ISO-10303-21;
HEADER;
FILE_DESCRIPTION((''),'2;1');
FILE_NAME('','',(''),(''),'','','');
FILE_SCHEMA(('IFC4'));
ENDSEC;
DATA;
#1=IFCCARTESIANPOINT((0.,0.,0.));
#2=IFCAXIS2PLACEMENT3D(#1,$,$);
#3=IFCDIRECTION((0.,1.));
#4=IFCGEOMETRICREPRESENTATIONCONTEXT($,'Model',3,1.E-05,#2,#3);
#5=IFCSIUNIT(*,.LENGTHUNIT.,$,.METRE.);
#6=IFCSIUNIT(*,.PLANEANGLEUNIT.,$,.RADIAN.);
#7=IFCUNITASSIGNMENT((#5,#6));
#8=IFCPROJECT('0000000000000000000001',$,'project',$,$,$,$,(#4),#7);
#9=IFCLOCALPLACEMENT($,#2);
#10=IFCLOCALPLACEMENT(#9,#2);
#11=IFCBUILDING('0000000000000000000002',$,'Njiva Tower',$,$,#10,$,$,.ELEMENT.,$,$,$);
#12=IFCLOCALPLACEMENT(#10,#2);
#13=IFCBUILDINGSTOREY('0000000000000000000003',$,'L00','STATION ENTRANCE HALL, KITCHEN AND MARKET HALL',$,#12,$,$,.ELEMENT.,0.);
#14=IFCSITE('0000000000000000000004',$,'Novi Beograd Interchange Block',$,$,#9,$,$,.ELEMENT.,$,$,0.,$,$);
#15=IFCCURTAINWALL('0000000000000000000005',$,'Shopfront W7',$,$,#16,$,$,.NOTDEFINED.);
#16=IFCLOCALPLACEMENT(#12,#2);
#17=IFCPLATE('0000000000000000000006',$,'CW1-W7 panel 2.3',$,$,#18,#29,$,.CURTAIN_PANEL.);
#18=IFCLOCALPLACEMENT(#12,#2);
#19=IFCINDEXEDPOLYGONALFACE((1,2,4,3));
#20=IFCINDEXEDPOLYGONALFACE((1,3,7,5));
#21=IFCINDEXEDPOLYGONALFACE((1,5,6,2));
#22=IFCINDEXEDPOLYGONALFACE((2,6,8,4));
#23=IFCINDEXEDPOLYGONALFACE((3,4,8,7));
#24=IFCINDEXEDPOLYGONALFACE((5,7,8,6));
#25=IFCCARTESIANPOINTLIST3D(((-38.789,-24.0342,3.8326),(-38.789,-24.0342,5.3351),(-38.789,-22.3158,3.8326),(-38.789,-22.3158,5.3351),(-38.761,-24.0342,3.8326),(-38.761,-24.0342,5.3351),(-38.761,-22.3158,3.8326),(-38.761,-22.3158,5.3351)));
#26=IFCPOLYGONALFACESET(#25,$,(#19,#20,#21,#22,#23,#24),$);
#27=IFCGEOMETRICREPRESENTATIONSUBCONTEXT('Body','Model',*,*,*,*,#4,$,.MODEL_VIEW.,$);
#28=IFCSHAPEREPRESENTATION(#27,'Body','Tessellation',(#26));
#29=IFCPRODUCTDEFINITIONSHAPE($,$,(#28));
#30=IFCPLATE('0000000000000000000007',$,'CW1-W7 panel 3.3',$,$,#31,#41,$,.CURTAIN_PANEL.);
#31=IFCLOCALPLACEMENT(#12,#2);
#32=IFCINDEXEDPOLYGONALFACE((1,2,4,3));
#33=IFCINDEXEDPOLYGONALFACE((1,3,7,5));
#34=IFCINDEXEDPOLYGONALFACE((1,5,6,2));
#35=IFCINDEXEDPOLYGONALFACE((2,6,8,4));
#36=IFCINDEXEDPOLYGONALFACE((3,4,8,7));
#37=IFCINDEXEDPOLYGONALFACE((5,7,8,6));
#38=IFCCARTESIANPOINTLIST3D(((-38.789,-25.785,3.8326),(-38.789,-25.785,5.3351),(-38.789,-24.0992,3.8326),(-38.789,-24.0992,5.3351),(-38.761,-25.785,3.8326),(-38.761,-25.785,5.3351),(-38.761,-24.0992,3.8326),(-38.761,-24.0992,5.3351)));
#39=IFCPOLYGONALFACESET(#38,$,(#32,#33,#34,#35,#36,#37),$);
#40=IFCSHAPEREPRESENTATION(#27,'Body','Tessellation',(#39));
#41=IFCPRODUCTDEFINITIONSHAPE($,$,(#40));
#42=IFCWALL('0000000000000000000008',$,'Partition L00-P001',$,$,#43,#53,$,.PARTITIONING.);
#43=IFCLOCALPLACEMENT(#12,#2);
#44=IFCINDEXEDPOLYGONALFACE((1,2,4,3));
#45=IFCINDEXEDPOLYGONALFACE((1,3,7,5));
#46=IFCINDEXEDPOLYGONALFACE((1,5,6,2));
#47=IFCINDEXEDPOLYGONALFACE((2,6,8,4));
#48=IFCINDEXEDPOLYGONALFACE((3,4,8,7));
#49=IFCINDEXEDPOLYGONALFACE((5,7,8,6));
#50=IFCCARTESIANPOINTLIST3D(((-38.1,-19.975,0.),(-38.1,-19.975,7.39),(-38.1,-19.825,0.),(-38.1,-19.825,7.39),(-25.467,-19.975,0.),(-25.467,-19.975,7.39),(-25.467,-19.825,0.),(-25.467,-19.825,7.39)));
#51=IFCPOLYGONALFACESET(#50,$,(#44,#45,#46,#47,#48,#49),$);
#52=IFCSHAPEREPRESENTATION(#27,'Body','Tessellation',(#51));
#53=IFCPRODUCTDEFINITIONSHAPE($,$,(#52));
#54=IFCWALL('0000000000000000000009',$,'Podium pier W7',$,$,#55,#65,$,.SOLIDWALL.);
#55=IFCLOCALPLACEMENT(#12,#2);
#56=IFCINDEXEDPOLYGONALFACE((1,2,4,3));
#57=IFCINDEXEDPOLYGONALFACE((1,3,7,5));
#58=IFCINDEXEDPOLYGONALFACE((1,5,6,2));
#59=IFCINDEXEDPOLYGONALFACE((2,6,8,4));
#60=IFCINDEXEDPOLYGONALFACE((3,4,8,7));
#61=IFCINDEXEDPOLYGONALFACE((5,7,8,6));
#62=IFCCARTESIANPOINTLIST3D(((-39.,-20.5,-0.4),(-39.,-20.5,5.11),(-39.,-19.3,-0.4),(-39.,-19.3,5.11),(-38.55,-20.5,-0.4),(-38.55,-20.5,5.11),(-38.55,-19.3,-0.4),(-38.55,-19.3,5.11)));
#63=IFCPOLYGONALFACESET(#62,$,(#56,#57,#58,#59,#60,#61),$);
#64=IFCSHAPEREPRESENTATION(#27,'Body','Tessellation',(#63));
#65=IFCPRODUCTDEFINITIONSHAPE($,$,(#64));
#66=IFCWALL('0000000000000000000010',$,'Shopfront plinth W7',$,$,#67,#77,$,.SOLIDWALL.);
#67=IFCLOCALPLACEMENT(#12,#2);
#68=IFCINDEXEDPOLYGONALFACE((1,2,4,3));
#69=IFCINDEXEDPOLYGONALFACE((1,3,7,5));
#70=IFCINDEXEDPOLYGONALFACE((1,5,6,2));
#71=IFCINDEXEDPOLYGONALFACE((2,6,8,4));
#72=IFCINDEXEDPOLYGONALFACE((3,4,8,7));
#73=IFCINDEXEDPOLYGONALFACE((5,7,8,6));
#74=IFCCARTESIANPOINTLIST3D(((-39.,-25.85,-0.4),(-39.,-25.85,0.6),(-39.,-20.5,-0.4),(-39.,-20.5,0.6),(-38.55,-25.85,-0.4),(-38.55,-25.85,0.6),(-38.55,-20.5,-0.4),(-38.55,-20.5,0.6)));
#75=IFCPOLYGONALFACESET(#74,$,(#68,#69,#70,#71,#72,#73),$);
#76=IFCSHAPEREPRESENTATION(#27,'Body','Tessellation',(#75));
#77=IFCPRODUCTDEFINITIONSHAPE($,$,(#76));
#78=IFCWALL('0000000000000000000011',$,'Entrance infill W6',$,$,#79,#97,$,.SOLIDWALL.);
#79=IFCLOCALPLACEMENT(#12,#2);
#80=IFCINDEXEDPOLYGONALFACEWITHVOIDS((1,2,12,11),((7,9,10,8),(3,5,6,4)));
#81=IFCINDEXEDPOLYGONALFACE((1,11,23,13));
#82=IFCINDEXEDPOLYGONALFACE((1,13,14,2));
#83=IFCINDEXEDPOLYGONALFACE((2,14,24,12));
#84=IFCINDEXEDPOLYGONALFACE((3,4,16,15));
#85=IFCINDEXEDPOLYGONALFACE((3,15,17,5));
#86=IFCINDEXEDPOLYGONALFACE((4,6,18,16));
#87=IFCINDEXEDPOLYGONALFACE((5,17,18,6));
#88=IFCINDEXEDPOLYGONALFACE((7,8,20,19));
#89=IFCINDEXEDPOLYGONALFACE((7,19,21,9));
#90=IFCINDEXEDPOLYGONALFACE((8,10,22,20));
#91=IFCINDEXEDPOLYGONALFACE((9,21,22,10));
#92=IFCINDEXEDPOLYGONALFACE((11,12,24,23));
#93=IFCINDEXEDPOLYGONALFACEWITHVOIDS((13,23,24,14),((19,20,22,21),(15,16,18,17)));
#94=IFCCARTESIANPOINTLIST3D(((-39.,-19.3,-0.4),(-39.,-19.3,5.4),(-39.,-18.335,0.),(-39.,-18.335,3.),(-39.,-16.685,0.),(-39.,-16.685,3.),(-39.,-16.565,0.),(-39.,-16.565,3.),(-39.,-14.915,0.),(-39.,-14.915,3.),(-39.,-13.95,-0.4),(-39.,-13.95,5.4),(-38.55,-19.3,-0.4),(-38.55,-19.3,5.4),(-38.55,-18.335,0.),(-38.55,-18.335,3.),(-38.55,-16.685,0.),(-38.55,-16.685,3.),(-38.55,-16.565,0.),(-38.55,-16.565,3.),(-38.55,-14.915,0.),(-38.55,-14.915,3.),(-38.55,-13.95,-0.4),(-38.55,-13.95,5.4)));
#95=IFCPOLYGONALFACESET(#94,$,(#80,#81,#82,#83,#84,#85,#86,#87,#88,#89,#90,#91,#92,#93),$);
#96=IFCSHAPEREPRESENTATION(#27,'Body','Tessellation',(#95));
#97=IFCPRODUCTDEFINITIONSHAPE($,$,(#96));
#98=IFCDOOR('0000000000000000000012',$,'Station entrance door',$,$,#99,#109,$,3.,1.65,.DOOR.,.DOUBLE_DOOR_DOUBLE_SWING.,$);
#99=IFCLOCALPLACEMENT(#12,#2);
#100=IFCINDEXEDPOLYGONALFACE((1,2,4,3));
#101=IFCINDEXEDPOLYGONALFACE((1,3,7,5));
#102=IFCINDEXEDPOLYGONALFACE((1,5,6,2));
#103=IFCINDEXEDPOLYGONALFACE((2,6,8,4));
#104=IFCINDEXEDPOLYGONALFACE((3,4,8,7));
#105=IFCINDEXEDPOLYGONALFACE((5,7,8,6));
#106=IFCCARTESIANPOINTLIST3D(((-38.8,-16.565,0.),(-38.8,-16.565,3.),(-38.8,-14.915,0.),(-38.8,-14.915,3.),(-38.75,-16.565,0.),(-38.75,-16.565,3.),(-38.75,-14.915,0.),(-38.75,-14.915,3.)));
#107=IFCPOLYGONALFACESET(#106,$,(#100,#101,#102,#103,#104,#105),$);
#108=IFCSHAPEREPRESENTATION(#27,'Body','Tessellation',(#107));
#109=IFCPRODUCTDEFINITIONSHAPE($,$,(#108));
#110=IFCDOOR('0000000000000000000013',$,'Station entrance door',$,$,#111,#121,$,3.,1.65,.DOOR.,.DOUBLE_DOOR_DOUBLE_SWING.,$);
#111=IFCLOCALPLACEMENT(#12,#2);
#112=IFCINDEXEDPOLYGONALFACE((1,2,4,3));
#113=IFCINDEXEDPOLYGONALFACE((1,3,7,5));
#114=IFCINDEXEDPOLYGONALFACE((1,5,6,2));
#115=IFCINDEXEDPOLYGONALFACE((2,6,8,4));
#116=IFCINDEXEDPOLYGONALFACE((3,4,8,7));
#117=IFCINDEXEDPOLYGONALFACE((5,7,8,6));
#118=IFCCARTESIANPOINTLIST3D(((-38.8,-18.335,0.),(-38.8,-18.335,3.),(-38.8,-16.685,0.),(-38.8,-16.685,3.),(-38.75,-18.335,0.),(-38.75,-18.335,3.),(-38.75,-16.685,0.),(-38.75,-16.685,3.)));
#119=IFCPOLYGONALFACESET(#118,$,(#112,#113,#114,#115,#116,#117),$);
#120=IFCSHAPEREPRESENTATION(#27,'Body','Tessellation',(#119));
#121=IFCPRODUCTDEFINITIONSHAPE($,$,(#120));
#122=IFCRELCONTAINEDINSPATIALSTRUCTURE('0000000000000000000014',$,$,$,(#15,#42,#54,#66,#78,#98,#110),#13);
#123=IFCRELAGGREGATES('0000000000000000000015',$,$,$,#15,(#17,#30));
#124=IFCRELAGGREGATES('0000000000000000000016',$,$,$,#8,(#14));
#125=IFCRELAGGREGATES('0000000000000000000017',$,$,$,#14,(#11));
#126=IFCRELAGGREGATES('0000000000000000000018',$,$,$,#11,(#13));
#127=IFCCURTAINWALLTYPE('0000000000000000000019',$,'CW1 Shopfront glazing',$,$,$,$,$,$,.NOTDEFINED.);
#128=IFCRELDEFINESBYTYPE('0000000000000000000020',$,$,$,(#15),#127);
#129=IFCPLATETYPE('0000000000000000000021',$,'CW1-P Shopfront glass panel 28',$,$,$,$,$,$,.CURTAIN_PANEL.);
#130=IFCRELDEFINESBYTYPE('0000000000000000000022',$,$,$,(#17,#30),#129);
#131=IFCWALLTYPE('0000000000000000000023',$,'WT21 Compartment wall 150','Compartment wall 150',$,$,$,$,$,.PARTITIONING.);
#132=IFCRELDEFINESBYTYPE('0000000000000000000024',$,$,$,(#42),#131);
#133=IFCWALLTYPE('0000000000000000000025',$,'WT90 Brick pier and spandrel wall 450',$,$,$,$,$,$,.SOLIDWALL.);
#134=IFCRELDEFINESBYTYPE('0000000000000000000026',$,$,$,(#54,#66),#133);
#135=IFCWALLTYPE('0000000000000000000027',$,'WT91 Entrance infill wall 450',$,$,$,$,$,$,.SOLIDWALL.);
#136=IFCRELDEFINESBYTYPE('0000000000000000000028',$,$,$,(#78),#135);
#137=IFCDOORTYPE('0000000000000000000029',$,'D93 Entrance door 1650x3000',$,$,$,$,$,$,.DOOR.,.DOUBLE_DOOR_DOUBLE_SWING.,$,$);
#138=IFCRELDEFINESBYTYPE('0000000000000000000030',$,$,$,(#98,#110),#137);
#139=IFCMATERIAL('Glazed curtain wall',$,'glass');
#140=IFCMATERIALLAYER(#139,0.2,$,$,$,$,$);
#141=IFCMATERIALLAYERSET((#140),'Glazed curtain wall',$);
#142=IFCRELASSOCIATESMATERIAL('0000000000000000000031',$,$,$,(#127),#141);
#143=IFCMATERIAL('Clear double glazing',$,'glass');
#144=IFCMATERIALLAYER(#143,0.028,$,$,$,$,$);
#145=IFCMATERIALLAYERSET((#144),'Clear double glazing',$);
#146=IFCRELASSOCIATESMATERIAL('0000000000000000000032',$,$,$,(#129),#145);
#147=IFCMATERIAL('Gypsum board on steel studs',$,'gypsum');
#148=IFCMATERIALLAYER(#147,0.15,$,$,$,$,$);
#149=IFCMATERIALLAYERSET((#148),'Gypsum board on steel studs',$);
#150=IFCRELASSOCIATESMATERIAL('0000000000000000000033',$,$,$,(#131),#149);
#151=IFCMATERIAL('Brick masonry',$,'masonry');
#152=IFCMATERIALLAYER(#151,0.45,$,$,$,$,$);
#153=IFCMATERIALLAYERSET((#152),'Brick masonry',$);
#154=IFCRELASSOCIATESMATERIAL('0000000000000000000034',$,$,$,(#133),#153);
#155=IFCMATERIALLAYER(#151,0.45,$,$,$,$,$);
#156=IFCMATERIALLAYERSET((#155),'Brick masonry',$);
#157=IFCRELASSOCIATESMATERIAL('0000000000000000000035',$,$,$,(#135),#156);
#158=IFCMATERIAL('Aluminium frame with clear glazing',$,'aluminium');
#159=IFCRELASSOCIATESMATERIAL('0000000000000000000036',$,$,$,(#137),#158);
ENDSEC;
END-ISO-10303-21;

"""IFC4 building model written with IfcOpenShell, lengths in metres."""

from ifc_helpers import new_model, si_unit, direction, frame, frame_2d, origin, origin_2d, place, context, subcontext, project, spatial, polyline, rectangle, outline, extrude, material, layer, layer_set, type_object, element, fill, aggregate, save


model = new_model("IFC4")

# Units and contexts
model_context = context("Model", 3, precision=1e-05, world=origin(), true_north=direction((0.0, 1.0)))
body_context = subcontext(model_context, "Body", "Model", "MODEL_VIEW")
ifc_project = project(units=[si_unit("LENGTHUNIT", "METRE"), si_unit("PLANEANGLEUNIT", "RADIAN")], contexts=[model_context])

# Site, building, storey
site_placement = place(None, origin())
site = spatial("IfcSite", under=ifc_project, at=site_placement, Name="Novi Beograd Interchange Block", CompositionType="ELEMENT", RefElevation=0.0)
building_placement = place(site_placement, origin())
building = spatial("IfcBuilding", under=site, at=building_placement, Name="Njiva Tower", CompositionType="ELEMENT")
storey_placement = place(building_placement, origin())
storey = spatial("IfcBuildingStorey", under=building, at=storey_placement, Name="L00", Description="STATION ENTRANCE HALL, KITCHEN AND MARKET HALL", CompositionType="ELEMENT", Elevation=0.0)

# Curtain wall, plates
ifc_material_1 = material(Name="Glazed curtain wall", Category="glass")
ifc_layer_1 = layer(ifc_material_1, 0.2)
ifc_layer_set_1 = layer_set([ifc_layer_1], Name="Glazed curtain wall")
curtain_wall_type = type_object("IfcCurtainWallType", Name="CW1 Shopfront glazing", PredefinedType="NOTDEFINED", material=ifc_layer_set_1)
curtain_wall_placement = place(storey_placement, origin())
curtain_wall = element("IfcCurtainWall", 1, at=curtain_wall_placement, inside=storey, type_object=curtain_wall_type, Name="Shopfront W7", PredefinedType="NOTDEFINED")
ifc_material_2 = material(Name="Clear double glazing", Category="glass")
ifc_layer_2 = layer(ifc_material_2, 0.028)
ifc_layer_set_2 = layer_set([ifc_layer_2], Name="Clear double glazing")
plate_type = type_object("IfcPlateType", Name="CW1-P Shopfront glass panel 28", PredefinedType="CURTAIN_PANEL", material=ifc_layer_set_2)
plate_1_placement = place(storey_placement, frame((-38.775, -23.175, 3.8326), z_axis=(0.0, 0.0, 1.0), x_axis=(0.0, -1.0, 0.0)))
plate_1 = element("IfcPlate", 2, at=plate_1_placement, type_object=plate_type, Name="CW1-W7 panel 2.3", PredefinedType="CURTAIN_PANEL", context=body_context, shape_type="SweptSolid", body=[
    extrude(rectangle(XDim=1.7183, YDim=0.028, at=origin_2d()), origin(), (0.0, 0.0, 1.0), 1.5025),
])
plate_2_placement = place(storey_placement, frame((-38.775, -24.9421, 3.8326), z_axis=(0.0, 0.0, 1.0), x_axis=(0.0, -1.0, 0.0)))
plate_2 = element("IfcPlate", 3, at=plate_2_placement, type_object=plate_type, Name="CW1-W7 panel 3.3", PredefinedType="CURTAIN_PANEL", context=body_context, shape_type="SweptSolid", body=[
    extrude(rectangle(XDim=1.6858, YDim=0.028, at=origin_2d()), origin(), (0.0, 0.0, 1.0), 1.5025),
])
aggregate(curtain_wall, [plate_1, plate_2])

# Walls
ifc_material_3 = material(Name="Gypsum board on steel studs", Category="gypsum")
ifc_layer_3 = layer(ifc_material_3, 0.15)
ifc_layer_set_3 = layer_set([ifc_layer_3], Name="Gypsum board on steel studs")
wall_type_1 = type_object("IfcWallType", Name="WT21 Compartment wall 150", Description="Compartment wall 150", PredefinedType="PARTITIONING", material=ifc_layer_set_3)
wall_1_placement = place(storey_placement, frame((-38.1, -19.9, 0.0), z_axis=(0.0, 0.0, 1.0), x_axis=(1.0, 0.0, 0.0)))
element("IfcWall", 4, at=wall_1_placement, inside=storey, type_object=wall_type_1, Name="Partition L00-P001", PredefinedType="PARTITIONING", context=body_context, shape_type="SweptSolid", body=[
    extrude(rectangle(XDim=12.633, YDim=0.15, at=frame_2d((6.3165, 0.0))), origin(), (0.0, 0.0, 1.0), 7.39),
])
ifc_material_4 = material(Name="Brick masonry", Category="masonry")
ifc_layer_4 = layer(ifc_material_4, 0.45)
ifc_layer_set_4 = layer_set([ifc_layer_4], Name="Brick masonry")
wall_type_2 = type_object("IfcWallType", Name="WT90 Brick pier and spandrel wall 450", PredefinedType="SOLIDWALL", material=ifc_layer_set_4)
wall_2_placement = place(storey_placement, frame((-38.775, -19.3, -0.4), z_axis=(0.0, 0.0, 1.0), x_axis=(0.0, -1.0, 0.0)))
element("IfcWall", 5, at=wall_2_placement, inside=storey, type_object=wall_type_2, Name="Podium pier W7", PredefinedType="SOLIDWALL", context=body_context, shape_type="SweptSolid", body=[
    extrude(outline(polyline([(0.0, -0.225), (1.2, -0.225), (1.2, 0.225), (0.0, 0.225), (0.0, -0.225)])), origin(), (0.0, 0.0, 1.0), 5.51),
])
wall_3_placement = place(storey_placement, frame((-38.775, -20.5, -0.4), z_axis=(0.0, 0.0, 1.0), x_axis=(0.0, -1.0, 0.0)))
element("IfcWall", 6, at=wall_3_placement, inside=storey, type_object=wall_type_2, Name="Shopfront plinth W7", PredefinedType="SOLIDWALL", context=body_context, shape_type="SweptSolid", body=[
    extrude(outline(polyline([(0.0, -0.225), (5.35, -0.225), (5.35, 0.225), (0.0, 0.225), (0.0, -0.225)])), origin(), (0.0, 0.0, 1.0), 1.0),
])

# Wall, openings, doors
ifc_layer_5 = layer(ifc_material_4, 0.45)
ifc_layer_set_5 = layer_set([ifc_layer_5], Name="Brick masonry")
wall_type_3 = type_object("IfcWallType", Name="WT91 Entrance infill wall 450", PredefinedType="SOLIDWALL", material=ifc_layer_set_5)
wall_4_placement = place(storey_placement, frame((-38.775, -13.95, -0.4), z_axis=(0.0, 0.0, 1.0), x_axis=(0.0, -1.0, 0.0)))
wall_4 = element("IfcWall", 7, at=wall_4_placement, inside=storey, type_object=wall_type_3, Name="Entrance infill W6", PredefinedType="SOLIDWALL", context=body_context, shape_type="SweptSolid", body=[
    extrude(outline(polyline([(0.0, -0.225), (5.35, -0.225), (5.35, 0.225), (0.0, 0.225), (0.0, -0.225)])), origin(), (0.0, 0.0, 1.0), 5.8),
])
opening_1_placement = place(wall_4_placement, frame((0.965, 0.0, 0.4)))
opening_1 = element("IfcOpeningElement", 8, at=opening_1_placement, cuts=wall_4, PredefinedType="OPENING", context=body_context, shape_type="SweptSolid", body=[
    extrude(rectangle(XDim=1.65, YDim=3.0, at=frame_2d((0.825, 1.5))), frame((0.0, 0.235, 0.0), z_axis=(0.0, -1.0, 0.0), x_axis=(1.0, 0.0, 0.0)), (0.0, 0.0, 1.0), 0.47),
])
opening_2_placement = place(wall_4_placement, frame((2.735, 0.0, 0.4)))
opening_2 = element("IfcOpeningElement", 9, at=opening_2_placement, cuts=wall_4, PredefinedType="OPENING", context=body_context, shape_type="SweptSolid", body=[
    extrude(rectangle(XDim=1.65, YDim=3.0, at=frame_2d((0.825, 1.5))), frame((0.0, 0.235, 0.0), z_axis=(0.0, -1.0, 0.0), x_axis=(1.0, 0.0, 0.0)), (0.0, 0.0, 1.0), 0.47),
])
ifc_material_5 = material(Name="Aluminium frame with clear glazing", Category="aluminium")
door_type = type_object("IfcDoorType", Name="D93 Entrance door 1650x3000", OperationType="DOUBLE_DOOR_DOUBLE_SWING", PredefinedType="DOOR", material=ifc_material_5)
door_1_placement = place(opening_1_placement, frame((1.65, 0.0, 0.0), z_axis=(0.0, 0.0, 1.0), x_axis=(-1.0, 0.0, 0.0)))
door_1 = element("IfcDoor", 10, at=door_1_placement, inside=storey, type_object=door_type, Name="Station entrance door", OperationType="DOUBLE_DOOR_DOUBLE_SWING", OverallHeight=3.0, OverallWidth=1.65, PredefinedType="DOOR", context=body_context, shape_type="SweptSolid", body=[
    extrude(rectangle(XDim=1.65, YDim=3.0, at=frame_2d((0.825, 1.5))), frame((0.0, 0.025, 0.0), z_axis=(0.0, -1.0, 0.0), x_axis=(1.0, 0.0, 0.0)), (0.0, 0.0, 1.0), 0.05),
])
fill(opening_1, door_1)
door_2_placement = place(opening_2_placement, frame((1.65, 0.0, 0.0), z_axis=(0.0, 0.0, 1.0), x_axis=(-1.0, 0.0, 0.0)))
door_2 = element("IfcDoor", 11, at=door_2_placement, inside=storey, type_object=door_type, Name="Station entrance door", OperationType="DOUBLE_DOOR_DOUBLE_SWING", OverallHeight=3.0, OverallWidth=1.65, PredefinedType="DOOR", context=body_context, shape_type="SweptSolid", body=[
    extrude(rectangle(XDim=1.65, YDim=3.0, at=frame_2d((0.825, 1.5))), frame((0.0, 0.025, 0.0), z_axis=(0.0, -1.0, 0.0), x_axis=(1.0, 0.0, 0.0)), (0.0, 0.0, 1.0), 0.05),
])
fill(opening_2, door_2)

save(model, "model.ifc")
